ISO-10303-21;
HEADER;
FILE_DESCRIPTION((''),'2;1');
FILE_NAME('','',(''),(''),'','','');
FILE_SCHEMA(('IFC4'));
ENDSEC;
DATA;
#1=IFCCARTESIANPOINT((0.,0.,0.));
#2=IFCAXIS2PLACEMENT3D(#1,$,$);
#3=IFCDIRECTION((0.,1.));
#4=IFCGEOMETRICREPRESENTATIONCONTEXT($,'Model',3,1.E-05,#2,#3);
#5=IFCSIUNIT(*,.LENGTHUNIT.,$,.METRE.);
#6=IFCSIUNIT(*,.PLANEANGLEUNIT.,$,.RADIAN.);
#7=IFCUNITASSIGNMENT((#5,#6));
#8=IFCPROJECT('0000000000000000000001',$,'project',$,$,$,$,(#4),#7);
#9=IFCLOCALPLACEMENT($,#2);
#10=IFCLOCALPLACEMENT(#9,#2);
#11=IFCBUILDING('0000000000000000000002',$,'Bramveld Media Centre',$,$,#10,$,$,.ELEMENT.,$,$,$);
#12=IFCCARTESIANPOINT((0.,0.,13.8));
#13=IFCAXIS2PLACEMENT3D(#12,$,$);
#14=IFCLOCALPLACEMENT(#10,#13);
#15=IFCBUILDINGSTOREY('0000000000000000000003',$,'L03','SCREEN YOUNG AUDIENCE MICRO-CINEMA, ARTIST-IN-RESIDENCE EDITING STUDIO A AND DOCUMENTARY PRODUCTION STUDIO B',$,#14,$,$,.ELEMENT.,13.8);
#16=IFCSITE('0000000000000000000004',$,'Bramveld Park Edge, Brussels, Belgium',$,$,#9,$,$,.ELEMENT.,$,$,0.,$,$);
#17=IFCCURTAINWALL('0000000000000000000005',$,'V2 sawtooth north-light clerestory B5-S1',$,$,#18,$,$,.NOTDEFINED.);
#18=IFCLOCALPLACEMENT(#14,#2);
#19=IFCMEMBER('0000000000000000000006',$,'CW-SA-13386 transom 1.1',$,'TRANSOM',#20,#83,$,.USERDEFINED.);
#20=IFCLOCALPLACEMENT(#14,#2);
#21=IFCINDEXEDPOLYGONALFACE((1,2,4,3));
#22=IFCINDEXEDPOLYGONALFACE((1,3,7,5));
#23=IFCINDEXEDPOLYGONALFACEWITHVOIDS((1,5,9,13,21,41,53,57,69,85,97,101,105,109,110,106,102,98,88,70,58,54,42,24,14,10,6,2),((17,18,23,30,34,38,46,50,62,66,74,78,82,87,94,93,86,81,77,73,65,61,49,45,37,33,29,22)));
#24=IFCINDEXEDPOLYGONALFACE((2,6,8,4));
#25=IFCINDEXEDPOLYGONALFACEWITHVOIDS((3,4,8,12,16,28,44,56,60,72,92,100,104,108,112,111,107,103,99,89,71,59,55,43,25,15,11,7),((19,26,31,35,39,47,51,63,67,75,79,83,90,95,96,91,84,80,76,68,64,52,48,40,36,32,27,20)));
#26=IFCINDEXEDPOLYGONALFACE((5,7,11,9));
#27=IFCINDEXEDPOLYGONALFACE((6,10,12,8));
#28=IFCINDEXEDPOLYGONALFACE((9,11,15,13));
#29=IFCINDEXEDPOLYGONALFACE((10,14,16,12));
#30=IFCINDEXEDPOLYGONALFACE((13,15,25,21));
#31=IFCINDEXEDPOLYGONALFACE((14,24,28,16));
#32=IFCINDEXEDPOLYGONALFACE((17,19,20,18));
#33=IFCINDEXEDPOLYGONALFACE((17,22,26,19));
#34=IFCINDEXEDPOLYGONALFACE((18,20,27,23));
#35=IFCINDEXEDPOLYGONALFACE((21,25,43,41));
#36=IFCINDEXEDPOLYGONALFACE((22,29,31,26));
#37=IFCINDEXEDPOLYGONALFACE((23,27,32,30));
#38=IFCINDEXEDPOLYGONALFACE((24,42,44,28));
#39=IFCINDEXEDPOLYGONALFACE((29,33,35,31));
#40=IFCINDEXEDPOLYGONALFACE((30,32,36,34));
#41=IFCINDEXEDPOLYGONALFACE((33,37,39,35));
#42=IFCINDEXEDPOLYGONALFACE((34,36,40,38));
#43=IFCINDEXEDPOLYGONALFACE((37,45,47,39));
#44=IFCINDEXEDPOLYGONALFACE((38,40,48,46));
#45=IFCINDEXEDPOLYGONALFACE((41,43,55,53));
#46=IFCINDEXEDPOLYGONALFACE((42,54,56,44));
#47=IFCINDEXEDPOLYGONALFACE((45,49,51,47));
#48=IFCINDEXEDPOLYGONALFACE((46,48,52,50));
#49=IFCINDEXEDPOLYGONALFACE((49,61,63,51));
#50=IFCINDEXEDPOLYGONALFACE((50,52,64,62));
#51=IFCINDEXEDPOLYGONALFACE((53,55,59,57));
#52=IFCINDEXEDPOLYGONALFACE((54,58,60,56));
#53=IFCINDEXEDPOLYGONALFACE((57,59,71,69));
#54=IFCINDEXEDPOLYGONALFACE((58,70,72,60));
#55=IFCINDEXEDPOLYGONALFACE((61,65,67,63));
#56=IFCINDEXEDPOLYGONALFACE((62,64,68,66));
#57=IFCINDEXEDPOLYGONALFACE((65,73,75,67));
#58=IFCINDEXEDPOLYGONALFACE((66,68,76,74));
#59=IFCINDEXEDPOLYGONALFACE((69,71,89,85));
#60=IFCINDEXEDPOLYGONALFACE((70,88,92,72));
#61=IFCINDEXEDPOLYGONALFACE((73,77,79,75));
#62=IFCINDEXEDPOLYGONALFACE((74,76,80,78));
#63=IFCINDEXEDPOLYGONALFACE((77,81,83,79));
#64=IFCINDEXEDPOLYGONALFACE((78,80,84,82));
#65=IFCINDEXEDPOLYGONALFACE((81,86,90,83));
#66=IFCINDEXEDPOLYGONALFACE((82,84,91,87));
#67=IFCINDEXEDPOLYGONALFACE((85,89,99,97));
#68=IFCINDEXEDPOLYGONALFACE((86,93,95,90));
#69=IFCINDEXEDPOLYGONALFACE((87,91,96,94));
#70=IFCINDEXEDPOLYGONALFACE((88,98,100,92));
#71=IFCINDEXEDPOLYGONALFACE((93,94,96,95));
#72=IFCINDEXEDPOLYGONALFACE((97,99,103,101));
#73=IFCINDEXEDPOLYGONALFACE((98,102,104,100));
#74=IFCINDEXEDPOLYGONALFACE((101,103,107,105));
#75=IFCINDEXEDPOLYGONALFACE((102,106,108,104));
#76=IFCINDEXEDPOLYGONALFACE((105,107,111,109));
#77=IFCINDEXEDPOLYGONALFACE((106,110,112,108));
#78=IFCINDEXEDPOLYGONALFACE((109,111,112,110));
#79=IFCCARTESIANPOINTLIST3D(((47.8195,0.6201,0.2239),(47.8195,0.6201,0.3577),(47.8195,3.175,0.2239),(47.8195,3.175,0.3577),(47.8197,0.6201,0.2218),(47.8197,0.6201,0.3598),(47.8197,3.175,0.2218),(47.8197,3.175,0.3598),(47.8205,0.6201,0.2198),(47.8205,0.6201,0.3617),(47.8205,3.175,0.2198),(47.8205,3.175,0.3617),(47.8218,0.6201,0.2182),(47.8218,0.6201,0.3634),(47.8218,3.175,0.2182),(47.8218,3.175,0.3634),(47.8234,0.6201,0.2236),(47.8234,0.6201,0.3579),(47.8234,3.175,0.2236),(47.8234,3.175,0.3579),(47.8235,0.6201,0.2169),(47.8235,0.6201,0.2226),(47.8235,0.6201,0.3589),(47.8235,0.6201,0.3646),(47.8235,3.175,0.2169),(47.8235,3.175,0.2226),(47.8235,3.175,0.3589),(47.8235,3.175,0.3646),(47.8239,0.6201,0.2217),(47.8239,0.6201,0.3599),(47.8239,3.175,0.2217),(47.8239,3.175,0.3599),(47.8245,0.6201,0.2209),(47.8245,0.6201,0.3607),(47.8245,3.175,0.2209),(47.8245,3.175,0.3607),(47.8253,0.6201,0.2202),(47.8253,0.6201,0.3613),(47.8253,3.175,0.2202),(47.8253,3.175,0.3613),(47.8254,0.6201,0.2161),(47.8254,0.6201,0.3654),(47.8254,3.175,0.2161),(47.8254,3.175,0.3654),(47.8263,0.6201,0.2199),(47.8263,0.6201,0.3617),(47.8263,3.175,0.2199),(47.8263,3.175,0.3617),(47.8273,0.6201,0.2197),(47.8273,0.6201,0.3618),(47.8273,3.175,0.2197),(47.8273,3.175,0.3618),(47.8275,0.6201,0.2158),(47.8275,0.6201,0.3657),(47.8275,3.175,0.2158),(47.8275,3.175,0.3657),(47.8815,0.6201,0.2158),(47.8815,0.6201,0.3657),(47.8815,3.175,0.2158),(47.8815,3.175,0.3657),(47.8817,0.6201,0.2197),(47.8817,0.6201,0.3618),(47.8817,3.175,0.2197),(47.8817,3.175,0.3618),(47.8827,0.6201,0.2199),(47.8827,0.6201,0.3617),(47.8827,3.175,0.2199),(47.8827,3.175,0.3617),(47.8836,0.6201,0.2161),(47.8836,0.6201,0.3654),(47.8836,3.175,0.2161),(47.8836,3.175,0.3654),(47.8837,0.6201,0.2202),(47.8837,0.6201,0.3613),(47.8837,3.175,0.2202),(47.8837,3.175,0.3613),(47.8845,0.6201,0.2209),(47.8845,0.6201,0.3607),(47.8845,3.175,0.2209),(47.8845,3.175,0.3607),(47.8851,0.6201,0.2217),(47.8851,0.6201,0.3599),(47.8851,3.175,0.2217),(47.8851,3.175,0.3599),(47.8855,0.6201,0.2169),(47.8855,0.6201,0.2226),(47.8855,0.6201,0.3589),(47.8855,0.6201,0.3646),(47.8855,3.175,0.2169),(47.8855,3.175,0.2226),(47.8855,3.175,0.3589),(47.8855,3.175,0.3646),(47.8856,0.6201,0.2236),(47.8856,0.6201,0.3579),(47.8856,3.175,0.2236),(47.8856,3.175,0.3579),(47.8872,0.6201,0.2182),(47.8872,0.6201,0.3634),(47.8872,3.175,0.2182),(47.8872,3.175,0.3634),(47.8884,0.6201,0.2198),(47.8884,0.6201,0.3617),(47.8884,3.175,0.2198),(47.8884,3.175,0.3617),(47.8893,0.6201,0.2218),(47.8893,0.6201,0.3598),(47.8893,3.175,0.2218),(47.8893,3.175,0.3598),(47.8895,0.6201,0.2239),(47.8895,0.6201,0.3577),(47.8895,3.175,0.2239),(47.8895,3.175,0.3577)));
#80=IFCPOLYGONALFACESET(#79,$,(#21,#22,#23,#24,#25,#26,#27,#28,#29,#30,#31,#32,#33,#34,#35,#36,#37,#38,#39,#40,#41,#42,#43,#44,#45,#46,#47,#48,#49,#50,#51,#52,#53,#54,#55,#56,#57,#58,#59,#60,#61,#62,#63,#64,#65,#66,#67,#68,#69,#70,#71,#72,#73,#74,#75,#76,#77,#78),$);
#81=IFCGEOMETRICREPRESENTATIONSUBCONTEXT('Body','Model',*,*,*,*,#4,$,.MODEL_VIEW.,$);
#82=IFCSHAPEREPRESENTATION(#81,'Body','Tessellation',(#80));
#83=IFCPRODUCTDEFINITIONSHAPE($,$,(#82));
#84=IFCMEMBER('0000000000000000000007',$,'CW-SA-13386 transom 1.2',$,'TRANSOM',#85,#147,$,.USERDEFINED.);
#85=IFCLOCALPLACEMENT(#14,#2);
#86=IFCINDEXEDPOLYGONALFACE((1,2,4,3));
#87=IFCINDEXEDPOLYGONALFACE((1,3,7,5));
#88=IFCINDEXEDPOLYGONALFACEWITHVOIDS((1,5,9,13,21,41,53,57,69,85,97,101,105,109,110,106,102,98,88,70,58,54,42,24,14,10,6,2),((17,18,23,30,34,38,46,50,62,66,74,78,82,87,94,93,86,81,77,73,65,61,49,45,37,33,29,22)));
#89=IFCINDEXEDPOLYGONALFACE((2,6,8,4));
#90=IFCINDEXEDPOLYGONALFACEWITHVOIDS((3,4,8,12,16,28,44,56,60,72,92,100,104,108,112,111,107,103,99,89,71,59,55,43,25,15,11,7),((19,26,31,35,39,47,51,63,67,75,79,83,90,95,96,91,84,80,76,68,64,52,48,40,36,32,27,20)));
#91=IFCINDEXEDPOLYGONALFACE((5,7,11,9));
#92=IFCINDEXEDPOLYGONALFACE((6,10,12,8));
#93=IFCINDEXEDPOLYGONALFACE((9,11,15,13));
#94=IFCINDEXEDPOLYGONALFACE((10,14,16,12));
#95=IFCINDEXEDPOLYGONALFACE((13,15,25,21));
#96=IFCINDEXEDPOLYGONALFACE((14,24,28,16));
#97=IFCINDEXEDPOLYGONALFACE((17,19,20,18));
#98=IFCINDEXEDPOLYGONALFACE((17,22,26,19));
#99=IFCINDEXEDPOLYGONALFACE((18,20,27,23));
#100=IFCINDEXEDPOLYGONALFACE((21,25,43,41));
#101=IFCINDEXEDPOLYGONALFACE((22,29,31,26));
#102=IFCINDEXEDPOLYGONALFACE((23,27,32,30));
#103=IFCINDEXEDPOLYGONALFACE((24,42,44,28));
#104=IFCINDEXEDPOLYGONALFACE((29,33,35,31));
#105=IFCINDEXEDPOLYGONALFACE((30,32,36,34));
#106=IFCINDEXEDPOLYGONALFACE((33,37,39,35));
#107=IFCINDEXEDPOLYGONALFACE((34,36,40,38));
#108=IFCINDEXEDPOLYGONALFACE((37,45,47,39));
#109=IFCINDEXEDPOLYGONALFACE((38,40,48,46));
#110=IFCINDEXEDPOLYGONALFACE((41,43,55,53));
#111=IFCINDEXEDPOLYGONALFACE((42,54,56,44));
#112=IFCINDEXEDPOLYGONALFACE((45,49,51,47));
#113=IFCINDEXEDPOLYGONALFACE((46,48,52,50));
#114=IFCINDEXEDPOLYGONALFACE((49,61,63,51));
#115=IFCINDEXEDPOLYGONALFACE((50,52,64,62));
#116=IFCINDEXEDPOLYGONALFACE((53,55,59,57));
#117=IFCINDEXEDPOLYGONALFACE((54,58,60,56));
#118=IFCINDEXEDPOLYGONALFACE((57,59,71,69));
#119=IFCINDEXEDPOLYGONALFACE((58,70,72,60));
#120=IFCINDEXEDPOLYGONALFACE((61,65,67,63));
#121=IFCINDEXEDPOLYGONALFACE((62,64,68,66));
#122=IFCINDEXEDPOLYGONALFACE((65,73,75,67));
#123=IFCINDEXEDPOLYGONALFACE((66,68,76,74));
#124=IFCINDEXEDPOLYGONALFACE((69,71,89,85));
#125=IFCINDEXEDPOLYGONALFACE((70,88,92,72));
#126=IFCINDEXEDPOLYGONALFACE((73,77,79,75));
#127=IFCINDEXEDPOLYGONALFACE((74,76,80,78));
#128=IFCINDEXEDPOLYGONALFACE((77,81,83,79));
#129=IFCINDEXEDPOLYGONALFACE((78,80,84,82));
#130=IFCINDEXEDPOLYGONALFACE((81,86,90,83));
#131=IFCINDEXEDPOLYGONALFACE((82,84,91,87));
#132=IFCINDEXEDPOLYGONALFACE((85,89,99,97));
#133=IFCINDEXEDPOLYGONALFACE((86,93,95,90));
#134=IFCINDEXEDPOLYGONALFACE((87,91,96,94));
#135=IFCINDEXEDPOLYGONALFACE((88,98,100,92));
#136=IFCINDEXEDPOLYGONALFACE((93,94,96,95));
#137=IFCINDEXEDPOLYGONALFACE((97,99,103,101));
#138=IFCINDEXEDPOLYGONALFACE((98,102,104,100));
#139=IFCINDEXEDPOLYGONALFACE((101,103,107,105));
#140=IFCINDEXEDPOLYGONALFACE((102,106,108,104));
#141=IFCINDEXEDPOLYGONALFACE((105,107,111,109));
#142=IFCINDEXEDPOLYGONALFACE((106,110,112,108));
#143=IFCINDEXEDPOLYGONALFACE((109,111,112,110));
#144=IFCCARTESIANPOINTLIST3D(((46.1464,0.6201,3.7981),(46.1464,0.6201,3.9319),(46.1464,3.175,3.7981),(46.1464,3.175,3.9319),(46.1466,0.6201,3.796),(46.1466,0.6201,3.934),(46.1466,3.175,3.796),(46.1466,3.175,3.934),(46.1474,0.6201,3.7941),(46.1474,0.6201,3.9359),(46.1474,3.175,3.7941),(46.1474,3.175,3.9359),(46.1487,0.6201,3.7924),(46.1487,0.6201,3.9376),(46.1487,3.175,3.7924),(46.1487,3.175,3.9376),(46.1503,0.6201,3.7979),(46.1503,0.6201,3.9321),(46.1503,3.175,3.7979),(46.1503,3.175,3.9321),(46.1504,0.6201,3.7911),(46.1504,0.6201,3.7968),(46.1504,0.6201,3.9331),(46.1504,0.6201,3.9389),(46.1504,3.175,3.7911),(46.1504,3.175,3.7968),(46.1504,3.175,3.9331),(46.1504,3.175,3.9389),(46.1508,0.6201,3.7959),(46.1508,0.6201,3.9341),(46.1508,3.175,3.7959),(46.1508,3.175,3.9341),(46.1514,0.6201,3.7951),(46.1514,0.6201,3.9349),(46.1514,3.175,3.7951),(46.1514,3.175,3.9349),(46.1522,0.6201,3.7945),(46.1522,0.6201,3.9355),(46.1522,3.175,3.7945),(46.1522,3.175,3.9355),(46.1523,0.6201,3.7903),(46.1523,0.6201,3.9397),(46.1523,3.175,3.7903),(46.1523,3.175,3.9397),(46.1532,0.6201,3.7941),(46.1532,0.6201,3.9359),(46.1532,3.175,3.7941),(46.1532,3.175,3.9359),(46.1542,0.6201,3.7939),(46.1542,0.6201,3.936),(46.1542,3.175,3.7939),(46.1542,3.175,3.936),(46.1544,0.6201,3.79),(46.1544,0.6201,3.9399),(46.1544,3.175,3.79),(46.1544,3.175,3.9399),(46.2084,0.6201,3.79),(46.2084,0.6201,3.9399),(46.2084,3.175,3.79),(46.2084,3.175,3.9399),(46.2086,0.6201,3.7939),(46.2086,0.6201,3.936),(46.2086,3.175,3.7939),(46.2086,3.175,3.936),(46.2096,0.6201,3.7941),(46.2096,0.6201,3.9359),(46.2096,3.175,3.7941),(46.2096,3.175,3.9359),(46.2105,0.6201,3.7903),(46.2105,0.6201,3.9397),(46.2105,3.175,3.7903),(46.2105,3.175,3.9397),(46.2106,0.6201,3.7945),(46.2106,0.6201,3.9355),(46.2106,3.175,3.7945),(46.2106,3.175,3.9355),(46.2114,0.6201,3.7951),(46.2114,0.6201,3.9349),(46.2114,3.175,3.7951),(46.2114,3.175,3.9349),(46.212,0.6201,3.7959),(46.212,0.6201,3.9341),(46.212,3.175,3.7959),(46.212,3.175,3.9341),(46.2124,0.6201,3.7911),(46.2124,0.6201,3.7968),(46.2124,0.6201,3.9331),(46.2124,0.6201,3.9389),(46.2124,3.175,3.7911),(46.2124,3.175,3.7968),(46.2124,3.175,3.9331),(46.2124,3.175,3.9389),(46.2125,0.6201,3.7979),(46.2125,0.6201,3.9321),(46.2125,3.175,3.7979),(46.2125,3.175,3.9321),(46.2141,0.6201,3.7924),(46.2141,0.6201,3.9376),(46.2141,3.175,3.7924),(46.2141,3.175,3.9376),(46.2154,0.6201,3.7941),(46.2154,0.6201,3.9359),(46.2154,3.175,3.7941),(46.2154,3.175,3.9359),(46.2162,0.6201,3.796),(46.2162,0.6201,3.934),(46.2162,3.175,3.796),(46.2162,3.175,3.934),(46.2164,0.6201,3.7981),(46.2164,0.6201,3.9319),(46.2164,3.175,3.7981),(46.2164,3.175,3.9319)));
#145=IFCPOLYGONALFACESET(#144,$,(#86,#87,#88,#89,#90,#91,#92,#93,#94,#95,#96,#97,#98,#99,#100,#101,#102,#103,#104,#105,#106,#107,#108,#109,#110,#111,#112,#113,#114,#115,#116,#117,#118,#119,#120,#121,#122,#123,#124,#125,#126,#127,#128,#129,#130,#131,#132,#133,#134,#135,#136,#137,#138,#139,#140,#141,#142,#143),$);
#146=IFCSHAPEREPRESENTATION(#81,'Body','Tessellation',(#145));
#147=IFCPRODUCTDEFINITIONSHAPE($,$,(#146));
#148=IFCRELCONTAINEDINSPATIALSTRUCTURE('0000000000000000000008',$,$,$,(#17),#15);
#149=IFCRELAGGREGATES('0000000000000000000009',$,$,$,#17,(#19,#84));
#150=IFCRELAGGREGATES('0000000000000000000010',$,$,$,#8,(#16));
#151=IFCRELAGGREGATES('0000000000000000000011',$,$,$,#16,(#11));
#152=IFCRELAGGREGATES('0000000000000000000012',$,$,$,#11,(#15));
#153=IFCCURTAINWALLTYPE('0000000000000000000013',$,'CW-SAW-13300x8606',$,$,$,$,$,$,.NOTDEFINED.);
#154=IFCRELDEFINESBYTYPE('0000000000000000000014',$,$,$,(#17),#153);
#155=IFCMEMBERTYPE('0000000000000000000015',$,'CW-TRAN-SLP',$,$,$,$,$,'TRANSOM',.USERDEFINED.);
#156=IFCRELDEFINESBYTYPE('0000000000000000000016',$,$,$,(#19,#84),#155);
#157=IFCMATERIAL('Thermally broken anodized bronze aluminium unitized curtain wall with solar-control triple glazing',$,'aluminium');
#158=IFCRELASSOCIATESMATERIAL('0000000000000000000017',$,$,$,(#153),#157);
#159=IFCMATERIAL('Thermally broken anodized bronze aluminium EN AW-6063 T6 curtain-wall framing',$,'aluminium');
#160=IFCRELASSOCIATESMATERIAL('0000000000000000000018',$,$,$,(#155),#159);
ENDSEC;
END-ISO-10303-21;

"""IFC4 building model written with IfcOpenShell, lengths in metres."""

from ifc_helpers import new_model, si_unit, direction, frame, origin, origin_2d, place, context, subcontext, project, spatial, hollow_rectangle, extrude, material, material_profile, profile_set, type_object, element, aggregate, save


model = new_model("IFC4")

# Units and contexts
model_context = context("Model", 3, precision=1e-05, world=origin(), true_north=direction((0.0, 1.0)))
body_context = subcontext(model_context, "Body", "Model", "MODEL_VIEW")
ifc_project = project(units=[si_unit("LENGTHUNIT", "METRE"), si_unit("PLANEANGLEUNIT", "RADIAN")], contexts=[model_context])

# Site, building, storey
site_placement = place(None, origin())
site = spatial("IfcSite", under=ifc_project, at=site_placement, Name="Bramveld Park Edge, Brussels, Belgium", CompositionType="ELEMENT", RefElevation=0.0)
building_placement = place(site_placement, origin())
building = spatial("IfcBuilding", under=site, at=building_placement, Name="Bramveld Media Centre", CompositionType="ELEMENT")
storey_placement = place(building_placement, frame((0.0, 0.0, 13.8)))
storey = spatial("IfcBuildingStorey", under=building, at=storey_placement, Name="L03", Description="SCREEN YOUNG AUDIENCE MICRO-CINEMA, ARTIST-IN-RESIDENCE EDITING STUDIO A AND DOCUMENTARY PRODUCTION STUDIO B", CompositionType="ELEMENT", Elevation=13.8)

# Curtain wall, members
ifc_material_1 = material(Name="Thermally broken anodized bronze aluminium unitized curtain wall with solar-control triple glazing", Category="aluminium")
curtain_wall_type = type_object("IfcCurtainWallType", Name="CW-SAW-13300x8606", PredefinedType="NOTDEFINED", material=ifc_material_1)
curtain_wall_placement = place(storey_placement, origin())
curtain_wall = element("IfcCurtainWall", 1, at=curtain_wall_placement, inside=storey, type_object=curtain_wall_type, Name="V2 sawtooth north-light clerestory B5-S1", PredefinedType="NOTDEFINED")
ifc_material_2 = material(Name="Thermally broken anodized bronze aluminium EN AW-6063 T6 curtain-wall framing", Category="aluminium")
ifc_material_profile_1 = material_profile(ifc_material_2, hollow_rectangle(XDim=0.0701, YDim=0.1499, WallThickness=0.0039, InnerFilletRadius=0.0039, OuterFilletRadius=0.0081, at=origin_2d()), Name="AL-TRAN 70x150")
ifc_profile_set_1 = profile_set([ifc_material_profile_1], Name="Thermally broken anodized bronze aluminium EN AW-6063 T6 curtain-wall framing")
member_type = type_object("IfcMemberType", Name="CW-TRAN-SLP", ElementType="TRANSOM", PredefinedType="USERDEFINED", material=ifc_profile_set_1)
member_1_placement = place(storey_placement, frame((47.8545, 0.6201, 0.2908), z_axis=(0.0, 1.0, 0.0), x_axis=(-1.0, 0.0, 0.0)))
member_1 = element("IfcMember", 2, at=member_1_placement, type_object=member_type, Name="CW-SA-13386 transom 1.1", ObjectType="TRANSOM", PredefinedType="USERDEFINED", context=body_context, shape_type="SweptSolid", body=[
    extrude(hollow_rectangle(XDim=0.0701, YDim=0.1499, WallThickness=0.0039, InnerFilletRadius=0.0039, OuterFilletRadius=0.0081, at=origin_2d()), origin(), (0.0, 0.0, 1.0), 2.5549),
])
member_2_placement = place(storey_placement, frame((46.1814, 0.6201, 3.865), z_axis=(0.0, 1.0, 0.0), x_axis=(-1.0, 0.0, 0.0)))
member_2 = element("IfcMember", 3, at=member_2_placement, type_object=member_type, Name="CW-SA-13386 transom 1.2", ObjectType="TRANSOM", PredefinedType="USERDEFINED", context=body_context, shape_type="SweptSolid", body=[
    extrude(hollow_rectangle(XDim=0.0701, YDim=0.1499, WallThickness=0.0039, InnerFilletRadius=0.0039, OuterFilletRadius=0.0081, at=origin_2d()), origin(), (0.0, 0.0, 1.0), 2.5549),
])

aggregate(curtain_wall, [member_1, member_2])

save(model, "model.ifc")
